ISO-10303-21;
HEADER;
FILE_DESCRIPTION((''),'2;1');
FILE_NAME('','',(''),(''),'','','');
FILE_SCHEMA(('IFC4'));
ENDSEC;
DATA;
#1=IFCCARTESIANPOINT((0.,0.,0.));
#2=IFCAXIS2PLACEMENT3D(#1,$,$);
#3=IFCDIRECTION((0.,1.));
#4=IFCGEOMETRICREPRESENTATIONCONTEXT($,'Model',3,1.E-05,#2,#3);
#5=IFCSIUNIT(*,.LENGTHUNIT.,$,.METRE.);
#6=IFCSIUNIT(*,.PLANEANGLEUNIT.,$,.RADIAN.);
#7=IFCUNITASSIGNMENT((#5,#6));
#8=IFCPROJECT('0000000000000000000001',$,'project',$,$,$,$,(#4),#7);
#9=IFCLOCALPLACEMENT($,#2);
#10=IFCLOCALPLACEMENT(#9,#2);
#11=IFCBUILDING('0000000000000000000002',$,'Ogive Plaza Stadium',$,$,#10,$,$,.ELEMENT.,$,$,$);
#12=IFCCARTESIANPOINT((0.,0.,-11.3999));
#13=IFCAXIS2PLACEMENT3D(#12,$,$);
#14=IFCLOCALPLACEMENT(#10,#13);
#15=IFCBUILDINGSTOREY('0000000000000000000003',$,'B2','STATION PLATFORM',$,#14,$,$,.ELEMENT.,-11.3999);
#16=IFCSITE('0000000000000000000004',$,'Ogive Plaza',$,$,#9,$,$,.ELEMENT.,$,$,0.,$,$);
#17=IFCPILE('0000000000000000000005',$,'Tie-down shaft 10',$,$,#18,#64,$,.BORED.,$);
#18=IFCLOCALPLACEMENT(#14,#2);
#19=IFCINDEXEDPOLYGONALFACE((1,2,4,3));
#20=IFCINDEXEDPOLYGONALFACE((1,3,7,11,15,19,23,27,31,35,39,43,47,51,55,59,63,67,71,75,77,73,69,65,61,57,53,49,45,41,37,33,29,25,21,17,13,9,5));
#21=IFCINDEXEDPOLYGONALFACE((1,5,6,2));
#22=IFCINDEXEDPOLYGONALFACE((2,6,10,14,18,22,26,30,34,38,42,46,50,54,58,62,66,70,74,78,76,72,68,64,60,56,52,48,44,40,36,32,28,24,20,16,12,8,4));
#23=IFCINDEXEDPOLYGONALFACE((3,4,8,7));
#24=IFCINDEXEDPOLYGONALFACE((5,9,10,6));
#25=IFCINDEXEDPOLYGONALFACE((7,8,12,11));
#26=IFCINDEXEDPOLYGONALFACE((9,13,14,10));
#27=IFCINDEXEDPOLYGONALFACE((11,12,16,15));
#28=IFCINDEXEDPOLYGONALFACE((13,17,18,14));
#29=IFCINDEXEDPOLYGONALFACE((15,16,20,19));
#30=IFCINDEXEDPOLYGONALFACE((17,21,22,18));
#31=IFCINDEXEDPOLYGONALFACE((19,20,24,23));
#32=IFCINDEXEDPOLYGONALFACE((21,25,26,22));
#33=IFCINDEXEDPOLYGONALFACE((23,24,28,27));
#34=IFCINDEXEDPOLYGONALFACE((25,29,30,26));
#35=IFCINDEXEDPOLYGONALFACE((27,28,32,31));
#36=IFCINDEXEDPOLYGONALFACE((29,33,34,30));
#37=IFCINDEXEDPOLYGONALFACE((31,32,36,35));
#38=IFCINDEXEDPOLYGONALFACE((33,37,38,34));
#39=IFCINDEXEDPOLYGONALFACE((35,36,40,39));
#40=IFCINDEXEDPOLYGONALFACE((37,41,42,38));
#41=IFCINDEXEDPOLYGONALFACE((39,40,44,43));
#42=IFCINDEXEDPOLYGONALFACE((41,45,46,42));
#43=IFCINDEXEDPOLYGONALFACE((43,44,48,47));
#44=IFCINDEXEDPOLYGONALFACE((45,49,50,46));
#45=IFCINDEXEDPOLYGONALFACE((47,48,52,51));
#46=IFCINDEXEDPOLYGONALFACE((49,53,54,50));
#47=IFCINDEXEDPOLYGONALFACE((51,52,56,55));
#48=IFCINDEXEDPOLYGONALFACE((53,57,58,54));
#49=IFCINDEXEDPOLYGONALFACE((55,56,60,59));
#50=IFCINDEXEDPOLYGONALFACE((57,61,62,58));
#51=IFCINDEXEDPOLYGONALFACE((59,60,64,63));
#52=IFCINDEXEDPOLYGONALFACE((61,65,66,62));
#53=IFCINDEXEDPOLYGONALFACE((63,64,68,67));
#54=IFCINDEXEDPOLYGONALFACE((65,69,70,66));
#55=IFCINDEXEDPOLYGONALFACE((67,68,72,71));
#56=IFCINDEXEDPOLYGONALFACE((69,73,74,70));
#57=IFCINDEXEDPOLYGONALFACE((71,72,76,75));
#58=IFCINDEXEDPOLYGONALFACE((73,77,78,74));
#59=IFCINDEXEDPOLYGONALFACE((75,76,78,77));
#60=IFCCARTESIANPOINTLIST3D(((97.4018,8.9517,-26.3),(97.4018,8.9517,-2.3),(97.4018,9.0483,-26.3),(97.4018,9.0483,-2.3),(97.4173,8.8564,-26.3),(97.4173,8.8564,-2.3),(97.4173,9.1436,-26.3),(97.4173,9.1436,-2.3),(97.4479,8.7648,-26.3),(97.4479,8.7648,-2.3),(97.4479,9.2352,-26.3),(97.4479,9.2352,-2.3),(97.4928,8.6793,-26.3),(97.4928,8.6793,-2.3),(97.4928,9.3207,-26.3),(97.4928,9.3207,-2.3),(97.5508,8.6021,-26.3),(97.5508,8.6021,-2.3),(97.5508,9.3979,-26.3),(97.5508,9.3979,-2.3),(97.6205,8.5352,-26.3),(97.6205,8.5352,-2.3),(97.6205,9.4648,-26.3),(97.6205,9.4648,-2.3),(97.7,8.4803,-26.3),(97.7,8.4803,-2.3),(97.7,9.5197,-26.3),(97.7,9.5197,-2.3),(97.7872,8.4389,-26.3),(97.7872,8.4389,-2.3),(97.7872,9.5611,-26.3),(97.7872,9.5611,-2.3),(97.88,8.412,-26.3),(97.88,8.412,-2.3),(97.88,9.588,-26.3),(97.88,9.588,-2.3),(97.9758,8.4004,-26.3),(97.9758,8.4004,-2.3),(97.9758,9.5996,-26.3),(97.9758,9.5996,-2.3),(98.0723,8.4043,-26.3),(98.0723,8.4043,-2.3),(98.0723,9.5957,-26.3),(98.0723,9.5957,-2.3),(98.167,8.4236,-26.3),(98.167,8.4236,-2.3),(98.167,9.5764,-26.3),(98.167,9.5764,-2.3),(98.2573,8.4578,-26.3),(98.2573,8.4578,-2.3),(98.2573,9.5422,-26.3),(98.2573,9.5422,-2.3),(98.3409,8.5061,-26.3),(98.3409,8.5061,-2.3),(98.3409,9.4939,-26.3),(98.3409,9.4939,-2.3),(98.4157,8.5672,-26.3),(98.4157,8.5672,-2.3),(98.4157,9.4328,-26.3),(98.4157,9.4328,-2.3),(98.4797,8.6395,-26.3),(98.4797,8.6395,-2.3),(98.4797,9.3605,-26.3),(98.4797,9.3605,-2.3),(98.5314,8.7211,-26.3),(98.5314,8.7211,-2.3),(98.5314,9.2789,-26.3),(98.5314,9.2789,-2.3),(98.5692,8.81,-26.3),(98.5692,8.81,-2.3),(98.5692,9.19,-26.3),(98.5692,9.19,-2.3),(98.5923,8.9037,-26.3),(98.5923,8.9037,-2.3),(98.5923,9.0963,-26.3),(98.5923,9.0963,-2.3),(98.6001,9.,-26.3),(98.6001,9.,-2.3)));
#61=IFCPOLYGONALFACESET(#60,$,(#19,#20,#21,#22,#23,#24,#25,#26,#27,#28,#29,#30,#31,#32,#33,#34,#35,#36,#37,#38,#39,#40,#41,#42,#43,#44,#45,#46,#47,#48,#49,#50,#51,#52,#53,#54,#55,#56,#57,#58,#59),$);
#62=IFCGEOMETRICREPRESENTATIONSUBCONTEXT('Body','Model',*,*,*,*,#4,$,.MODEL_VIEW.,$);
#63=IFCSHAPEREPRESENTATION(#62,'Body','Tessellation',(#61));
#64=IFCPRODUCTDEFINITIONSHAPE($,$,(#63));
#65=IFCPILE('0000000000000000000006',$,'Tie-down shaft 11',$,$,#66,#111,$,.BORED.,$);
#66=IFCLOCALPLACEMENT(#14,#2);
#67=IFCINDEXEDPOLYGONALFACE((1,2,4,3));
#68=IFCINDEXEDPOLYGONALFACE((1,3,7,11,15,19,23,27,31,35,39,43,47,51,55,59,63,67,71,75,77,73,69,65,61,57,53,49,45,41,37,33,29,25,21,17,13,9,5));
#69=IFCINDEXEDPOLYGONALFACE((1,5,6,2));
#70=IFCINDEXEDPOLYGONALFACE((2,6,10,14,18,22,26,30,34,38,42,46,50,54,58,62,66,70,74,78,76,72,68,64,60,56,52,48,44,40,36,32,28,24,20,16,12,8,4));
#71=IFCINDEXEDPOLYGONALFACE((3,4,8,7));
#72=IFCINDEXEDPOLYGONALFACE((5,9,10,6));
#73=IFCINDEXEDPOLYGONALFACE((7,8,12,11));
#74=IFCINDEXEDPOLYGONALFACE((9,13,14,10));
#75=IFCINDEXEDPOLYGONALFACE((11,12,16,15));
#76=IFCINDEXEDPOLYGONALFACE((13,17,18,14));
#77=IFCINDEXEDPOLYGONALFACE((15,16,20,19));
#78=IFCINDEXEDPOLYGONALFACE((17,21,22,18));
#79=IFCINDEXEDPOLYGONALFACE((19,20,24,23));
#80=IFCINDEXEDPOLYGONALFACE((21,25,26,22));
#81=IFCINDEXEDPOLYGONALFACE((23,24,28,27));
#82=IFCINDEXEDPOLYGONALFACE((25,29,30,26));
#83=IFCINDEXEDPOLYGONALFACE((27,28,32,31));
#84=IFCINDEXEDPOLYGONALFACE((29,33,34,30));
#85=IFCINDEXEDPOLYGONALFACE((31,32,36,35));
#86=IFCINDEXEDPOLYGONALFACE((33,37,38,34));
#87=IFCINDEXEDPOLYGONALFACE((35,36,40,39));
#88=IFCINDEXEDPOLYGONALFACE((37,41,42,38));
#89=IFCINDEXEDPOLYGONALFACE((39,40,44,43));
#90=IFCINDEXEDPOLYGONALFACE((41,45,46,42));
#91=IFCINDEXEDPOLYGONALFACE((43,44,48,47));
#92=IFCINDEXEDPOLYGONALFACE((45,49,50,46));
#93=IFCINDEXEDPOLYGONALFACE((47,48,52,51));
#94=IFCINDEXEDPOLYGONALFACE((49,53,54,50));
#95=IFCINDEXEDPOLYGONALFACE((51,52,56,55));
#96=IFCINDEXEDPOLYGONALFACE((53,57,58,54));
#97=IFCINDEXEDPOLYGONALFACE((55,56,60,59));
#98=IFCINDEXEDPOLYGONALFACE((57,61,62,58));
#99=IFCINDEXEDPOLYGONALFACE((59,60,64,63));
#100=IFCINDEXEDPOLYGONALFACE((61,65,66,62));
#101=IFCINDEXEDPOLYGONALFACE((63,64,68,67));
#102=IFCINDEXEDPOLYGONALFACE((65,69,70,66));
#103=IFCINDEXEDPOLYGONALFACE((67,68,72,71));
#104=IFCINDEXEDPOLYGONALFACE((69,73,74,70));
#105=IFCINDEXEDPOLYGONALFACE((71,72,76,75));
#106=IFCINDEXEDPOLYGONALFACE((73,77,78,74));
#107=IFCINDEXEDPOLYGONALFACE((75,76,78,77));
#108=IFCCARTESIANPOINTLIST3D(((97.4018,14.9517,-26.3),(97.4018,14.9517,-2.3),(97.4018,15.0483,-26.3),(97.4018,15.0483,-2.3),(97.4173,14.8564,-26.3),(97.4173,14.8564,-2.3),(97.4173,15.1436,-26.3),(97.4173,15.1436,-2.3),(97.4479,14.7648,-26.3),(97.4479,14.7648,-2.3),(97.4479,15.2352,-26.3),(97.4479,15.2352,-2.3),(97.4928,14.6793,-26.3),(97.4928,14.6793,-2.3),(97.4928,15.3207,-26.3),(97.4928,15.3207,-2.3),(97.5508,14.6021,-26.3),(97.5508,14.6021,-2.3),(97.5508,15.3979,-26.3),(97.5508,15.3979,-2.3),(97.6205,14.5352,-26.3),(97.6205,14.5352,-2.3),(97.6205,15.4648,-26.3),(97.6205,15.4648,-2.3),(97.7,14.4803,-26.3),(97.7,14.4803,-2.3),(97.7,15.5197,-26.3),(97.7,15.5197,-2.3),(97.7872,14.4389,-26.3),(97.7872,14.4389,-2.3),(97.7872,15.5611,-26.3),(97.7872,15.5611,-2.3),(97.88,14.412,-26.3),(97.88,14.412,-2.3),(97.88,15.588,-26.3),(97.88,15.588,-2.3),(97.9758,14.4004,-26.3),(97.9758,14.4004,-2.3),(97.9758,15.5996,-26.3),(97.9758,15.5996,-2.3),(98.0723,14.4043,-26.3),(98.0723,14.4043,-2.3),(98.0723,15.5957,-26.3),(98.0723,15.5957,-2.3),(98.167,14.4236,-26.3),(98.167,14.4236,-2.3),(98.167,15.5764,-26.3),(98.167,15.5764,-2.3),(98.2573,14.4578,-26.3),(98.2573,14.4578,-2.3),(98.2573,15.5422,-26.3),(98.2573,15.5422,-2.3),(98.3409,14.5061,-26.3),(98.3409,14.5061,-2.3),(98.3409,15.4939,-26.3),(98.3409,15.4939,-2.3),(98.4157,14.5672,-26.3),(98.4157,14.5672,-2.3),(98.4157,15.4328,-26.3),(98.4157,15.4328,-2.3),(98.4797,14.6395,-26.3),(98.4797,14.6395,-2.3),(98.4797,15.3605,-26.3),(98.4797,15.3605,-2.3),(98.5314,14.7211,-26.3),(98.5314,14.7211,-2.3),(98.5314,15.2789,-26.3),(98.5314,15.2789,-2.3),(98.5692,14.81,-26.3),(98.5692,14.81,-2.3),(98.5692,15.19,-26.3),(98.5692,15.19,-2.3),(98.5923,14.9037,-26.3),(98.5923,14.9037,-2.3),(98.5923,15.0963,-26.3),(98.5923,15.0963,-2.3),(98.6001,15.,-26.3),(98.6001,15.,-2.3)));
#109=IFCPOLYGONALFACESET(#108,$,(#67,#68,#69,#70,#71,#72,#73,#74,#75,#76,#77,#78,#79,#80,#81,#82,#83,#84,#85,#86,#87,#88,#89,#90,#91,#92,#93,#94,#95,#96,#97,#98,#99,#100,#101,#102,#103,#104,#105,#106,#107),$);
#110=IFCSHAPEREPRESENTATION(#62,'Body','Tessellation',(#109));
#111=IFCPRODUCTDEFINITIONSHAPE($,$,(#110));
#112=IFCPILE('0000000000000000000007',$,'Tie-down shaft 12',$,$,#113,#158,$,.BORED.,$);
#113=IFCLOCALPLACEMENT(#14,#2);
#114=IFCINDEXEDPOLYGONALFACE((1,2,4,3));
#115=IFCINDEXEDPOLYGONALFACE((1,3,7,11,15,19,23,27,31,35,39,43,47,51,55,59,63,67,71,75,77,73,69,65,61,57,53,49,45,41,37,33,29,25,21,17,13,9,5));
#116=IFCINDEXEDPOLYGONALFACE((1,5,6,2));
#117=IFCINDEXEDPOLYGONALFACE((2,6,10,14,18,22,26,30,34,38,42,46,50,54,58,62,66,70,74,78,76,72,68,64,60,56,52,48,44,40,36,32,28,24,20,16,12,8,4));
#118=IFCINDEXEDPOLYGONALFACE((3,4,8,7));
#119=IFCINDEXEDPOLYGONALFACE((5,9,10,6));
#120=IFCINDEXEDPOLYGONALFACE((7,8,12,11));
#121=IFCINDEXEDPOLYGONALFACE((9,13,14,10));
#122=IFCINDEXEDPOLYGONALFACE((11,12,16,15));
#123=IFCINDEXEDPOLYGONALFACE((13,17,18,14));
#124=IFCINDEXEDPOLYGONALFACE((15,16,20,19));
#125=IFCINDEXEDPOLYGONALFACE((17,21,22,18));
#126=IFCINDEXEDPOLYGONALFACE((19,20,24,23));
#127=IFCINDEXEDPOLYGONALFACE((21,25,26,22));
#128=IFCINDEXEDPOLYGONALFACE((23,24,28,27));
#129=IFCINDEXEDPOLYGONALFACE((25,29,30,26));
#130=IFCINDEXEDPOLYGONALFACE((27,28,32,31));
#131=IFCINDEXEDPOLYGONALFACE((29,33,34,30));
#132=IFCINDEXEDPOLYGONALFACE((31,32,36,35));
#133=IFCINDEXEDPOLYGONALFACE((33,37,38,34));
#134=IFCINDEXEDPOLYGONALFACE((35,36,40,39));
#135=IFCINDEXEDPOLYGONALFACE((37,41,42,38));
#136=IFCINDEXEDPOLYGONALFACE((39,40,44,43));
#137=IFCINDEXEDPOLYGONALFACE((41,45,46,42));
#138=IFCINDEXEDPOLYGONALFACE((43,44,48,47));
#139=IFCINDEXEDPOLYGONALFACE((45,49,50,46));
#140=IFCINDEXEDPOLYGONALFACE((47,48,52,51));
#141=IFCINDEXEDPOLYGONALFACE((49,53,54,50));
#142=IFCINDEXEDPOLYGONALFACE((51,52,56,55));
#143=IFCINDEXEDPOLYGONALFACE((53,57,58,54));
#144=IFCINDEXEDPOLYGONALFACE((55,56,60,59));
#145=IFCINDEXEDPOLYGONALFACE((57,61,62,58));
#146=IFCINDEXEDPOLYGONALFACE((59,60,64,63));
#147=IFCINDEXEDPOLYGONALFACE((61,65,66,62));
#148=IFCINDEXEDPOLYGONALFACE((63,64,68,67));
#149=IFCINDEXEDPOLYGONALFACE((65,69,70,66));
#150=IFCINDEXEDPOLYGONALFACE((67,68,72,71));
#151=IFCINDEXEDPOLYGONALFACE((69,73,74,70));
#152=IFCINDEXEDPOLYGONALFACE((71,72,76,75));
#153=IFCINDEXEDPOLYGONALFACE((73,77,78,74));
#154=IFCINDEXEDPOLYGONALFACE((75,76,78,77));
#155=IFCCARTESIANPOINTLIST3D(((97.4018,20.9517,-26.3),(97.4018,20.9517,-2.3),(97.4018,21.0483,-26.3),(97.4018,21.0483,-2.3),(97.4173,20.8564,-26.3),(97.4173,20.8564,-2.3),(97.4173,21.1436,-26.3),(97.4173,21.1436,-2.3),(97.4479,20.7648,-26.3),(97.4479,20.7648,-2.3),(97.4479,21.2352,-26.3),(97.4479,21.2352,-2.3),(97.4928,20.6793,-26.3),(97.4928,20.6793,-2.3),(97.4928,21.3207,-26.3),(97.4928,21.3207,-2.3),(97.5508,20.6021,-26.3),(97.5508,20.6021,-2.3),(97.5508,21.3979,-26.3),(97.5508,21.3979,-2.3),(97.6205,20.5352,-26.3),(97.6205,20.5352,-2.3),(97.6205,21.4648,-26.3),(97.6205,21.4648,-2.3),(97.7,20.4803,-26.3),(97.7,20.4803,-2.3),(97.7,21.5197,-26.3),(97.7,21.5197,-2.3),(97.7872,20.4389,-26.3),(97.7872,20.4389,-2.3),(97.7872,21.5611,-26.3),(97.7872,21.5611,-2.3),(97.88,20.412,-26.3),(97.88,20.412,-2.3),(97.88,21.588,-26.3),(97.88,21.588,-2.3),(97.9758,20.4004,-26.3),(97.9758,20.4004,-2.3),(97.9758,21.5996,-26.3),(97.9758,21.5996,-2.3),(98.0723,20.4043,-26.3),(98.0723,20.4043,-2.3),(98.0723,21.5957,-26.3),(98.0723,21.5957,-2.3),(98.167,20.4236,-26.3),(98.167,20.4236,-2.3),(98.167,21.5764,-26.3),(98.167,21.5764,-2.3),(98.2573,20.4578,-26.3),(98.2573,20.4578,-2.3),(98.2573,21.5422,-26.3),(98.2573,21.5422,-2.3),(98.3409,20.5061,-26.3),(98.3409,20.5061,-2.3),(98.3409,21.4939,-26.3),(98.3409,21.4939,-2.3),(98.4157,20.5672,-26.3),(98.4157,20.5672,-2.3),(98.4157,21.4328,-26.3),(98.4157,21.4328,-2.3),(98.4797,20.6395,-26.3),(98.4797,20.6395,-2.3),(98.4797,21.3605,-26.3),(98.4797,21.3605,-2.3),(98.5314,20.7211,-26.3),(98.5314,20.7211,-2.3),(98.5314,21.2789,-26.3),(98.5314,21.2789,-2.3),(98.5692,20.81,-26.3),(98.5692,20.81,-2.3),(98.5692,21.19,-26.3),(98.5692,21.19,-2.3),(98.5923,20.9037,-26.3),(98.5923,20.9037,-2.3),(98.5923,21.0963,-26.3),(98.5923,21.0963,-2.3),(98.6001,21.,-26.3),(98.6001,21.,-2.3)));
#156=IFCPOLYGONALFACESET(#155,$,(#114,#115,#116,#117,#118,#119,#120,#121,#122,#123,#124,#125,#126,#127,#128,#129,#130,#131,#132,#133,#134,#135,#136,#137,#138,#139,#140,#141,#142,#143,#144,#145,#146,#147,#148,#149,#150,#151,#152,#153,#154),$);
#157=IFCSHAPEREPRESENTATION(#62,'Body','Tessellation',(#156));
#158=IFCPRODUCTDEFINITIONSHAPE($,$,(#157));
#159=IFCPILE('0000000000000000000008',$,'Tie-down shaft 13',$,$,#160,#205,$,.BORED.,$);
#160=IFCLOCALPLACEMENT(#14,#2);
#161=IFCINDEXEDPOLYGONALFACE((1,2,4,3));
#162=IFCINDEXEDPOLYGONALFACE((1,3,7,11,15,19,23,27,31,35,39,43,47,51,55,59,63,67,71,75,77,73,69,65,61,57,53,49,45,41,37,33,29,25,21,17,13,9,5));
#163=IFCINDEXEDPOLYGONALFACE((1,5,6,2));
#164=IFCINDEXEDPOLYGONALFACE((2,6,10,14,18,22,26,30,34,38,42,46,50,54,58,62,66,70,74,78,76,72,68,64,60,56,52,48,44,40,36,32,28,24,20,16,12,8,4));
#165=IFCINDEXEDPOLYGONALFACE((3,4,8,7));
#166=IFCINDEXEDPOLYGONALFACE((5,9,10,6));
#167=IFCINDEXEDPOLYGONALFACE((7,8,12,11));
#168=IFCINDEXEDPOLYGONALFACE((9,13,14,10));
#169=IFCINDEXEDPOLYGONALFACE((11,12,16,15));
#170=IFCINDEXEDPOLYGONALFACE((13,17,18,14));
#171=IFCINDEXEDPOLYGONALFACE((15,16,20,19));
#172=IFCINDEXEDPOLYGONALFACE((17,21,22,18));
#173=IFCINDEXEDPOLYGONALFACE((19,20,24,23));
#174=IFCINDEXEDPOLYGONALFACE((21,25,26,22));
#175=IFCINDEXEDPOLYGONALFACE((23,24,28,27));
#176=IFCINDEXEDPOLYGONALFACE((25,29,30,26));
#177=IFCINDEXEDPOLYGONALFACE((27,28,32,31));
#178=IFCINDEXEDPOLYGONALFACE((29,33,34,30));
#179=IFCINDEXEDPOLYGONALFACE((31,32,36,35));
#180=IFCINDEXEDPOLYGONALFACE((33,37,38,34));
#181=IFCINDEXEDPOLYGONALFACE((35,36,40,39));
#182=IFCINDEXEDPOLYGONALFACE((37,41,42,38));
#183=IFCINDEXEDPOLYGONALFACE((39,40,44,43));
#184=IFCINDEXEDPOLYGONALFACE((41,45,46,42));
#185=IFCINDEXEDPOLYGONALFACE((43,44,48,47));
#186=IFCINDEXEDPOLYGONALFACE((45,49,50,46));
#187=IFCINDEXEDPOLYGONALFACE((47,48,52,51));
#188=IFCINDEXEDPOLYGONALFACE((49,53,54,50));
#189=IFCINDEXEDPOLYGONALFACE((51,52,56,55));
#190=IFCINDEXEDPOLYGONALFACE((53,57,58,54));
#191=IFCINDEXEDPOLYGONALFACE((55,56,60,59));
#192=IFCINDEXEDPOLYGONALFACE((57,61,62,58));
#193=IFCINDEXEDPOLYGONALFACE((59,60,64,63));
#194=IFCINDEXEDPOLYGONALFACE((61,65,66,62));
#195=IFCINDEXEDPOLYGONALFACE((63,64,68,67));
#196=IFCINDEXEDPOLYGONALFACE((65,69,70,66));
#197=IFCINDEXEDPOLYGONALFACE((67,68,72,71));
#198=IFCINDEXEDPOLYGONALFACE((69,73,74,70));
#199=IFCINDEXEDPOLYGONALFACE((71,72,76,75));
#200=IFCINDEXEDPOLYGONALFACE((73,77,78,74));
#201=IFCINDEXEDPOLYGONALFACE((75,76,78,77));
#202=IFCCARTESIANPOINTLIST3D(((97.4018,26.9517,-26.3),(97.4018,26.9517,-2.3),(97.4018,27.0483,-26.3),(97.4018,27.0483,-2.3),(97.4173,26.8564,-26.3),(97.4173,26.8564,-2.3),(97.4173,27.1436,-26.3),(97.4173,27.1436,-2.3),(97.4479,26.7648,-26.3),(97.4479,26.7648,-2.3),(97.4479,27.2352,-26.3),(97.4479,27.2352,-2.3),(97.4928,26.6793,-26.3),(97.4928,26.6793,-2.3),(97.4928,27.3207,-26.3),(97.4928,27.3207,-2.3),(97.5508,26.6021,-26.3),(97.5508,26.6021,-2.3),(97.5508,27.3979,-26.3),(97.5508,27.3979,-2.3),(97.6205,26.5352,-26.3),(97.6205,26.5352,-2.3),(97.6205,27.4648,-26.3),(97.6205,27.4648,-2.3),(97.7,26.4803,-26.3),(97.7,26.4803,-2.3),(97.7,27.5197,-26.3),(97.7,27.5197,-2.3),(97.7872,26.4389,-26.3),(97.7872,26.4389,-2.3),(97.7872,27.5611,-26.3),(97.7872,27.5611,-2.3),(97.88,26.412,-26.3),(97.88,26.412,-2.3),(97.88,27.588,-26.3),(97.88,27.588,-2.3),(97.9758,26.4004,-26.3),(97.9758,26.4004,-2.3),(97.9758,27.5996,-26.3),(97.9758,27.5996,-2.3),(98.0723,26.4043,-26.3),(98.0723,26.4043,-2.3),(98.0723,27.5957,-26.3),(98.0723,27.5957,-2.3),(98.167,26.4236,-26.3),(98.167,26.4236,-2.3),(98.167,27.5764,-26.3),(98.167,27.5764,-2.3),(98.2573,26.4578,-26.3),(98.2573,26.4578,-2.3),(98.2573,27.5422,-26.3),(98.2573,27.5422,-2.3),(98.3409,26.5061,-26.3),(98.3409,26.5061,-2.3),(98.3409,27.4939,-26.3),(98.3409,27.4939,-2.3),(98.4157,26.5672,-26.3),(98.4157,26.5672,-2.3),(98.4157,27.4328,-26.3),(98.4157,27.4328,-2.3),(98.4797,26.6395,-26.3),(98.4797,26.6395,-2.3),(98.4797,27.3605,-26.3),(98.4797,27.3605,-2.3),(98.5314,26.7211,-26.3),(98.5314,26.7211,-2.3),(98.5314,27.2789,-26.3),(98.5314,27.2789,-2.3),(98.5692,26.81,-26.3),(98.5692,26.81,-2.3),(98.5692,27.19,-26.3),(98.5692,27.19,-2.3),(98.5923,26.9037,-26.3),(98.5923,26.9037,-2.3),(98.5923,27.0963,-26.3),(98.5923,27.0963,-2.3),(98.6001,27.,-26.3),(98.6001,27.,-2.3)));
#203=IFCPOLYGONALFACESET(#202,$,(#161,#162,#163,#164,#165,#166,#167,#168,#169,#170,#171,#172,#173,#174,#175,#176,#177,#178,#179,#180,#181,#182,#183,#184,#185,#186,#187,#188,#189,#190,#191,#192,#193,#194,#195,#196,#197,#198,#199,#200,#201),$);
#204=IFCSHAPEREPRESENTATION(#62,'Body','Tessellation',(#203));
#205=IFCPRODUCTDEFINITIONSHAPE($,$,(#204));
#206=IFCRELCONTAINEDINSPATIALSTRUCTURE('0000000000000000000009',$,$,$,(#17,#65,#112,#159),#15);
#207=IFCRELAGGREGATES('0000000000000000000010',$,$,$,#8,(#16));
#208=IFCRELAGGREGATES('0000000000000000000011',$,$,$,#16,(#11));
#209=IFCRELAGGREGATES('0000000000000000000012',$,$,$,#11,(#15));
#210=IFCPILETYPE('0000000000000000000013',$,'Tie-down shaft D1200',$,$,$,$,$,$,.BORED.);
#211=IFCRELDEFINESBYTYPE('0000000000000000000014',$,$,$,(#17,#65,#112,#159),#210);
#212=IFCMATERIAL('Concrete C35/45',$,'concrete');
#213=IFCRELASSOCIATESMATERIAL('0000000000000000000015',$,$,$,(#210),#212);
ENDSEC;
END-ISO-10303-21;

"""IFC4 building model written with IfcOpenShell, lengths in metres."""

from ifc_helpers import new_model, si_unit, direction, frame, origin, origin_2d, place, context, subcontext, project, spatial, circle, extrude, material, material_profile, profile_set, type_object, element, save


model = new_model("IFC4")

# Units and contexts
model_context = context("Model", 3, precision=1e-05, world=origin(), true_north=direction((0.0, 1.0)))
body_context = subcontext(model_context, "Body", "Model", "MODEL_VIEW")
ifc_project = project(units=[si_unit("LENGTHUNIT", "METRE"), si_unit("PLANEANGLEUNIT", "RADIAN")], contexts=[model_context])

# Site, building, storey
site_placement = place(None, origin())
site = spatial("IfcSite", under=ifc_project, at=site_placement, Name="Ogive Plaza", CompositionType="ELEMENT", RefElevation=0.0)
building_placement = place(site_placement, origin())
building = spatial("IfcBuilding", under=site, at=building_placement, Name="Ogive Plaza Stadium", CompositionType="ELEMENT")
storey_placement = place(building_placement, frame((0.0, 0.0, -11.3999)))
storey = spatial("IfcBuildingStorey", under=building, at=storey_placement, Name="B2", Description="STATION PLATFORM", CompositionType="ELEMENT", Elevation=-11.3999)

# Piles
ifc_material_1 = material(Name="Concrete C35/45", Category="concrete")
ifc_material_profile = material_profile(ifc_material_1, circle(Radius=0.6001, at=origin_2d()), Name="Tie-down shaft D1200")
ifc_profile_set = profile_set([ifc_material_profile], Name="Concrete C35/45")
pile_type = type_object("IfcPileType", Name="Tie-down shaft D1200", PredefinedType="BORED", material=ifc_profile_set)
for number, where, z_axis, x_axis, name in (
    (1, (98.0, 9.0, -2.3), (0.0, 0.0, -1.0), (1.0, 0.0, 0.0), "Tie-down shaft 10"),
    (2, (98.0, 15.0, -2.3), (0.0, 0.0, -1.0), (1.0, 0.0, 0.0), "Tie-down shaft 11"),
    (3, (98.0, 21.0, -2.3), (0.0, 0.0, -1.0), (1.0, 0.0, 0.0), "Tie-down shaft 12"),
    (4, (98.0, 27.0, -2.3), (0.0, 0.0, -1.0), (1.0, 0.0, 0.0), "Tie-down shaft 13"),
):
    element("IfcPile", number, at=place(storey_placement, frame(where, z_axis=z_axis, x_axis=x_axis)), inside=storey, type_object=pile_type, Name=name, PredefinedType="BORED", context=body_context, shape_type="SweptSolid", body=[
        extrude(circle(Radius=0.6001, at=origin_2d()), origin(), (0.0, 0.0, 1.0), 24.0),
    ])

save(model, "model.ifc")
